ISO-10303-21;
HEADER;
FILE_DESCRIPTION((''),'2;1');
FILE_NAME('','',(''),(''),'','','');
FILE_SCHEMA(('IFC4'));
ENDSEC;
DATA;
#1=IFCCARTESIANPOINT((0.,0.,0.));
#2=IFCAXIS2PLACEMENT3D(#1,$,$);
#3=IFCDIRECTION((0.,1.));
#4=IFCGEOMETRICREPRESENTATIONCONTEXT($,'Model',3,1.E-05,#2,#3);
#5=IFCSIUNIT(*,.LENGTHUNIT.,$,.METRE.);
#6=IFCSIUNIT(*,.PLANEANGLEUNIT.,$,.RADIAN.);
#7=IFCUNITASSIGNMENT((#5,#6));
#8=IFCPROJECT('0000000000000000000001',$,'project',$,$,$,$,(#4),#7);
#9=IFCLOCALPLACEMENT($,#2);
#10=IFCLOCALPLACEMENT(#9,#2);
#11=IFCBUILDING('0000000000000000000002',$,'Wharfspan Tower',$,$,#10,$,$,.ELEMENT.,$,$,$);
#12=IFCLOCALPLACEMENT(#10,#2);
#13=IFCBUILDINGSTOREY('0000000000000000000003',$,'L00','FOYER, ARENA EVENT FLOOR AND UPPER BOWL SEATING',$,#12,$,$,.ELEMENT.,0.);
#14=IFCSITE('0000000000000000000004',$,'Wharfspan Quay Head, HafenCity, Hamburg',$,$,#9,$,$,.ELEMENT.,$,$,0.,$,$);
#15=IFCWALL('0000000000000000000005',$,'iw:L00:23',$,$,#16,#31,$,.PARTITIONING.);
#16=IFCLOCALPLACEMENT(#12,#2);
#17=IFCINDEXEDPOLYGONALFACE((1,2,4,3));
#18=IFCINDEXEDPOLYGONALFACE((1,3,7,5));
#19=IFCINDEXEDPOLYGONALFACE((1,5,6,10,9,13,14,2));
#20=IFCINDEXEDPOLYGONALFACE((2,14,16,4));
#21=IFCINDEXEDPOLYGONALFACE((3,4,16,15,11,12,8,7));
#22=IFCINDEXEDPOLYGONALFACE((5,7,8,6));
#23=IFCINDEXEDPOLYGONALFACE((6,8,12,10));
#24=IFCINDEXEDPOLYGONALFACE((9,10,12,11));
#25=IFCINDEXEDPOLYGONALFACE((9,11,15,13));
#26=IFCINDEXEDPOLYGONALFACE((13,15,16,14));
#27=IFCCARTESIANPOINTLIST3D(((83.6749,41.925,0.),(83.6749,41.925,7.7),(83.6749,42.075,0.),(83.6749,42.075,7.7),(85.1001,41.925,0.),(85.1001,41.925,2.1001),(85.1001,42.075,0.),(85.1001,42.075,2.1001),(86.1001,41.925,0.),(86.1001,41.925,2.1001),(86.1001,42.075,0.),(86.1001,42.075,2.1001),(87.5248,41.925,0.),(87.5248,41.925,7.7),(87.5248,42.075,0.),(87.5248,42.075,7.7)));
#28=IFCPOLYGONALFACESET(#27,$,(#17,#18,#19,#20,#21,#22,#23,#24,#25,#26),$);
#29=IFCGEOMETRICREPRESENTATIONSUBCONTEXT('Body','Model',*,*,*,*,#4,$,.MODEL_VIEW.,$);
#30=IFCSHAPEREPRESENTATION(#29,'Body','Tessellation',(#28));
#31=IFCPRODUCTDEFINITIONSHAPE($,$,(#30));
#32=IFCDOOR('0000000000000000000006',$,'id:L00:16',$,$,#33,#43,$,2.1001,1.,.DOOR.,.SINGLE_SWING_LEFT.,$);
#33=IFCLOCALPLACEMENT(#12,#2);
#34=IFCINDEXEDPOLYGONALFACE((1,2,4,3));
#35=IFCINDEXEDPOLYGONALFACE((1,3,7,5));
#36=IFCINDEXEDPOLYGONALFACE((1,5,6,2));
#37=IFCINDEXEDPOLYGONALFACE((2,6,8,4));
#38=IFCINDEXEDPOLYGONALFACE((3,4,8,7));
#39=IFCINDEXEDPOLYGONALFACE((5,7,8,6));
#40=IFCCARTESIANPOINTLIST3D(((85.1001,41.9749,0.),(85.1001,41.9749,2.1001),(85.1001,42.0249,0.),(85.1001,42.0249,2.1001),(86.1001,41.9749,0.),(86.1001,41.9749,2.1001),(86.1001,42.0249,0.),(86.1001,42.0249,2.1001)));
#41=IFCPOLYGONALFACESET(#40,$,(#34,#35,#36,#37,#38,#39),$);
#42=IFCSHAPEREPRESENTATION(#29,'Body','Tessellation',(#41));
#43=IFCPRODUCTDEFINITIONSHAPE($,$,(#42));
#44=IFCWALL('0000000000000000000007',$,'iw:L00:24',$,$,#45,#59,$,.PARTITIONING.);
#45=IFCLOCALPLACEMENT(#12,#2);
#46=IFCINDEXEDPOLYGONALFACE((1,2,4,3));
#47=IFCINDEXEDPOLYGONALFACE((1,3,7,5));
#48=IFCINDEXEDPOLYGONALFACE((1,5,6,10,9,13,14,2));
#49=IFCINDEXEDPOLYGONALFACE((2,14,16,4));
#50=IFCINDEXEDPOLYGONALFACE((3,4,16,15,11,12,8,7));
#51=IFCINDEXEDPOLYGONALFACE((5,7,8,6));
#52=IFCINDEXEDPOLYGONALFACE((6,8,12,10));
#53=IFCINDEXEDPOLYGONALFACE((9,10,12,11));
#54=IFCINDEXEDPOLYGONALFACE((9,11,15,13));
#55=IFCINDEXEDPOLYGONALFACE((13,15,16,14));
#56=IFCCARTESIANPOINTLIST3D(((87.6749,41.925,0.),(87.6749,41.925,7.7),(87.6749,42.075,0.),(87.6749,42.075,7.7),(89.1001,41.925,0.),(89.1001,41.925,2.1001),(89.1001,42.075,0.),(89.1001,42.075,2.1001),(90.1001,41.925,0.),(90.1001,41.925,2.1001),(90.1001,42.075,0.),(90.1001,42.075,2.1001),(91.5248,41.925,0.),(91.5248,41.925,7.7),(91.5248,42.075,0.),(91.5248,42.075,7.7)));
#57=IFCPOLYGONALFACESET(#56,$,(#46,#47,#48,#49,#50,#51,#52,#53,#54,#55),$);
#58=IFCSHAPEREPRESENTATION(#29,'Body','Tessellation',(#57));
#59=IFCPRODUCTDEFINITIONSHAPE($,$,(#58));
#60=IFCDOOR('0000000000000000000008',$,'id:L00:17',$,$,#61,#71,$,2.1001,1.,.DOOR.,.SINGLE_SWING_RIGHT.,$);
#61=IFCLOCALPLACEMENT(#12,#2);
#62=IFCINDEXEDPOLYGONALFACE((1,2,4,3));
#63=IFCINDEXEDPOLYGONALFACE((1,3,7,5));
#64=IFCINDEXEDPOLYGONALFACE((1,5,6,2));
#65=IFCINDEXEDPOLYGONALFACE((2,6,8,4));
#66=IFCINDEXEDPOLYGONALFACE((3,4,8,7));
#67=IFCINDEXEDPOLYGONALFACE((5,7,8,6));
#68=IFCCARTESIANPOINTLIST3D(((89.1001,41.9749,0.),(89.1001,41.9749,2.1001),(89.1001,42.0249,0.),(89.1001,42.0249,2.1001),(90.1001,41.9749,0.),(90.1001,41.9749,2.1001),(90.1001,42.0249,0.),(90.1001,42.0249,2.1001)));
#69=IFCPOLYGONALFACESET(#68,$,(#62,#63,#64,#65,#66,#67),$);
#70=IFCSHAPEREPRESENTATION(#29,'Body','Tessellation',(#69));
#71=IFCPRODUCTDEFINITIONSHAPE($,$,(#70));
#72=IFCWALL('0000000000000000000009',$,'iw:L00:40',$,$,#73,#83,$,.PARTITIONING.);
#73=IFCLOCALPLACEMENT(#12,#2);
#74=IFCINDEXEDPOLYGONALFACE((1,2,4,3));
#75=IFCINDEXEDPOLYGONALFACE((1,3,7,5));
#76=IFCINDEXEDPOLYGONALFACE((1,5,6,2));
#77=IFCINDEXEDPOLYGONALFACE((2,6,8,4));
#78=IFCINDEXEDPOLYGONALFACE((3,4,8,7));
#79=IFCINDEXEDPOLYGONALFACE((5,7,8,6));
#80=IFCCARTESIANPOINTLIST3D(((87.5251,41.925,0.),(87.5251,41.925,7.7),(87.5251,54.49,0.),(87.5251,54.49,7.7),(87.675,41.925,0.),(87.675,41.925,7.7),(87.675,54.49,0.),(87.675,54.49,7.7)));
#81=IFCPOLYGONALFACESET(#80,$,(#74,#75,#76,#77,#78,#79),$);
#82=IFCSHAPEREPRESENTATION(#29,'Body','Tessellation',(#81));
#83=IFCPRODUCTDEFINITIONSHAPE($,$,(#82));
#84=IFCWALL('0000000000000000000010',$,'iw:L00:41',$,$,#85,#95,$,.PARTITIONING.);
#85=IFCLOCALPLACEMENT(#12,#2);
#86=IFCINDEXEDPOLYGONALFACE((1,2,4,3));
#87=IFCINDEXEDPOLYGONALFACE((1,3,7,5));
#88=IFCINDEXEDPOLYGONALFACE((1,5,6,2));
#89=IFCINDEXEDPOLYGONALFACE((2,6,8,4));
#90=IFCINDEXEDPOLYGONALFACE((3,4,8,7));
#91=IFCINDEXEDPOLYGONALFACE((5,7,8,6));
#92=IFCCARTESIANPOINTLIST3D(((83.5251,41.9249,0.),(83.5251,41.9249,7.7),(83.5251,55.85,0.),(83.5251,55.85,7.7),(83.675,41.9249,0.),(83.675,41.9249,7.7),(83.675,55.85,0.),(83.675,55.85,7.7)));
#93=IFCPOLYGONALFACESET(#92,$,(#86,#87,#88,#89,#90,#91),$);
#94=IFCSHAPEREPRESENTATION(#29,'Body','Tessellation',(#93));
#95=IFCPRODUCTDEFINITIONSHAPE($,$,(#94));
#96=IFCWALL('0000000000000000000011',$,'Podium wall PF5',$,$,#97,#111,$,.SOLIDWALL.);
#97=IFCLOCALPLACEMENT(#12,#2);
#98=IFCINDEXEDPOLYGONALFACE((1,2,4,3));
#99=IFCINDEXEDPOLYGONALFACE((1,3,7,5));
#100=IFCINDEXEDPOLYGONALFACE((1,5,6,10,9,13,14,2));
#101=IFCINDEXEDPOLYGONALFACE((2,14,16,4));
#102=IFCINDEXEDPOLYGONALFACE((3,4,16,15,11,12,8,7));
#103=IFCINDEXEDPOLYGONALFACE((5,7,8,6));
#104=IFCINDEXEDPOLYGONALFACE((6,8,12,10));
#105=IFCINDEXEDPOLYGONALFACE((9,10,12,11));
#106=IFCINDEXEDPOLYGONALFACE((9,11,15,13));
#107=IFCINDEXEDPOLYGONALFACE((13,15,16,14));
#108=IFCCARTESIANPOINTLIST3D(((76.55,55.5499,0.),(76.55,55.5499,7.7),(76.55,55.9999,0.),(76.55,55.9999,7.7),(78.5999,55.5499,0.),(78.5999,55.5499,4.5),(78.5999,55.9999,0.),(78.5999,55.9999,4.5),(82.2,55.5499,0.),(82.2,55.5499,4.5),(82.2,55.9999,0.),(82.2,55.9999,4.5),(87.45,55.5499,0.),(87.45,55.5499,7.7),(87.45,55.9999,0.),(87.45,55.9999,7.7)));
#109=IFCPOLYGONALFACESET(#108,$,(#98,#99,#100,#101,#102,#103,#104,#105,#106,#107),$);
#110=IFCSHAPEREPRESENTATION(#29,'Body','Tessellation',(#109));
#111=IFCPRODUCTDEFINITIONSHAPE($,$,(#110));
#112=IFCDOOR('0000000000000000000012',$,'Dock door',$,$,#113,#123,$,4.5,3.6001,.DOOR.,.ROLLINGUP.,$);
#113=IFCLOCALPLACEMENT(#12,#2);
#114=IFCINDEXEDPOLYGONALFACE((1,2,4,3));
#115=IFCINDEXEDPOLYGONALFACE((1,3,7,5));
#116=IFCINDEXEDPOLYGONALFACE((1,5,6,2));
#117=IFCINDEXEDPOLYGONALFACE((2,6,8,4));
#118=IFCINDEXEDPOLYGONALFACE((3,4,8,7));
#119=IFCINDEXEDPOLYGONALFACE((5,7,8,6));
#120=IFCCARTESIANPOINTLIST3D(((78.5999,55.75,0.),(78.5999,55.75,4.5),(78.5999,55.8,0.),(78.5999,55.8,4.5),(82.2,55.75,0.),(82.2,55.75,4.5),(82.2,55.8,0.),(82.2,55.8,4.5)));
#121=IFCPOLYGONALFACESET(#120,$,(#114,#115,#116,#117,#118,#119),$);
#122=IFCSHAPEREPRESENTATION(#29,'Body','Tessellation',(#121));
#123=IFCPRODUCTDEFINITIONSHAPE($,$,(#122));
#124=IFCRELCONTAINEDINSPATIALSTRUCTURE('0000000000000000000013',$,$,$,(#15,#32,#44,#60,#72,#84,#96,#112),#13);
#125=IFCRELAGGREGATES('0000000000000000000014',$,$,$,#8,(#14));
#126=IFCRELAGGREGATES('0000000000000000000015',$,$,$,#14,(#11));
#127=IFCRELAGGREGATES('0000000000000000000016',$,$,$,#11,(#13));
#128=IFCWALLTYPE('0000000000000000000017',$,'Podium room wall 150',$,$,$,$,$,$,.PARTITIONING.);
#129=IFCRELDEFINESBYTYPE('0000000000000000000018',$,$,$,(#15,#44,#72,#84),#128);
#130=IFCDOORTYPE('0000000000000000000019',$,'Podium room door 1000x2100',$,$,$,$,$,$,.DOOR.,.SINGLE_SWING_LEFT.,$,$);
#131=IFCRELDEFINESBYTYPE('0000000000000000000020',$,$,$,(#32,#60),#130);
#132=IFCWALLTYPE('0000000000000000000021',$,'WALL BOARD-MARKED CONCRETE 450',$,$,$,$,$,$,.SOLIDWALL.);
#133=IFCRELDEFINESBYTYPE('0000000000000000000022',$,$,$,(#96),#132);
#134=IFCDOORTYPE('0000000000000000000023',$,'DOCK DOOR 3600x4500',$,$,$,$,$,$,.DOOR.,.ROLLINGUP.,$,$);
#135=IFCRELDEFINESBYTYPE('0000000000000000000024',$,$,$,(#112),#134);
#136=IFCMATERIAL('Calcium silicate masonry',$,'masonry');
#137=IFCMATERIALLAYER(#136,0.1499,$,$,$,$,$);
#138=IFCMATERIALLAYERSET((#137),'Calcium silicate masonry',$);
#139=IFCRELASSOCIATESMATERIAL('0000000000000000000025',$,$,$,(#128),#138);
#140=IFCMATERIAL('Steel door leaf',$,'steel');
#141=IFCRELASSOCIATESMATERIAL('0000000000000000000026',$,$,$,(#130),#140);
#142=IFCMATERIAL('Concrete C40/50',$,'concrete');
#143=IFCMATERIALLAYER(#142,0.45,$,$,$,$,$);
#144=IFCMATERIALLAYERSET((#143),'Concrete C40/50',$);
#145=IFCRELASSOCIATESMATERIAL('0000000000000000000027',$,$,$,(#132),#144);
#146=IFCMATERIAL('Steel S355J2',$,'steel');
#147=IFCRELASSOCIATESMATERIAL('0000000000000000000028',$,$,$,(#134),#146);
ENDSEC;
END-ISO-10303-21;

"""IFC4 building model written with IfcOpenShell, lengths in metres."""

from ifc_helpers import new_model, si_unit, direction, frame, frame_2d, origin, place, context, subcontext, project, spatial, rectangle, extrude, material, layer, layer_set, type_object, element, fill, save


model = new_model("IFC4")

# Units and contexts
model_context = context("Model", 3, precision=1e-05, world=origin(), true_north=direction((0.0, 1.0)))
body_context = subcontext(model_context, "Body", "Model", "MODEL_VIEW")
ifc_project = project(units=[si_unit("LENGTHUNIT", "METRE"), si_unit("PLANEANGLEUNIT", "RADIAN")], contexts=[model_context])

# Site, building, storey
site_placement = place(None, origin())
site = spatial("IfcSite", under=ifc_project, at=site_placement, Name="Wharfspan Quay Head, HafenCity, Hamburg", CompositionType="ELEMENT", RefElevation=0.0)
building_placement = place(site_placement, origin())
building = spatial("IfcBuilding", under=site, at=building_placement, Name="Wharfspan Tower", CompositionType="ELEMENT")
storey_placement = place(building_placement, origin())
storey = spatial("IfcBuildingStorey", under=building, at=storey_placement, Name="L00", Description="FOYER, ARENA EVENT FLOOR AND UPPER BOWL SEATING", CompositionType="ELEMENT", Elevation=0.0)

# Shared definitions
ifc_material_1 = material(Name="Steel S355J2", Category="steel")

# Walls, openings, doors
ifc_material_2 = material(Name="Calcium silicate masonry", Category="masonry")
ifc_layer_1 = layer(ifc_material_2, 0.1499)
ifc_layer_set_1 = layer_set([ifc_layer_1], Name="Calcium silicate masonry")
wall_type_1 = type_object("IfcWallType", Name="Podium room wall 150", PredefinedType="PARTITIONING", material=ifc_layer_set_1)
wall_1_placement = place(storey_placement, frame((83.675, 42.0, 0.0), z_axis=(0.0, 0.0, 1.0), x_axis=(1.0, 0.0, 0.0)))
wall_1 = element("IfcWall", 1, at=wall_1_placement, inside=storey, type_object=wall_type_1, Name="iw:L00:23", PredefinedType="PARTITIONING", context=body_context, shape_type="SweptSolid", body=[
    extrude(rectangle(XDim=3.8499, YDim=0.1499, at=frame_2d((1.9248, 0.0))), origin(), (0.0, 0.0, 1.0), 7.7),
])
opening_1_placement = place(wall_1_placement, frame((1.425, 0.0, 0.0)))
opening_1 = element("IfcOpeningElement", 2, at=opening_1_placement, cuts=wall_1, PredefinedType="OPENING", context=body_context, shape_type="SweptSolid", body=[
    extrude(rectangle(XDim=1.0, YDim=2.1001, at=frame_2d((0.5, 1.05))), frame((0.0, 0.085, 0.0), z_axis=(0.0, -1.0, 0.0), x_axis=(1.0, 0.0, 0.0)), (0.0, 0.0, 1.0), 0.1699),
])
ifc_material_3 = material(Name="Steel door leaf", Category="steel")
door_type_1 = type_object("IfcDoorType", Name="Podium room door 1000x2100", OperationType="SINGLE_SWING_LEFT", PredefinedType="DOOR", material=ifc_material_3)
door_1_placement = place(opening_1_placement, origin())
door_1 = element("IfcDoor", 3, at=door_1_placement, inside=storey, type_object=door_type_1, Name="id:L00:16", OperationType="SINGLE_SWING_LEFT", OverallHeight=2.1001, OverallWidth=1.0, PredefinedType="DOOR", context=body_context, shape_type="SweptSolid", body=[
    extrude(rectangle(XDim=1.0, YDim=2.1001, at=frame_2d((0.5, 1.05))), frame((0.0, 0.0249, 0.0), z_axis=(0.0, -1.0, 0.0), x_axis=(1.0, 0.0, 0.0)), (0.0, 0.0, 1.0), 0.05),
])
fill(opening_1, door_1)
wall_2_placement = place(storey_placement, frame((87.675, 42.0, 0.0), z_axis=(0.0, 0.0, 1.0), x_axis=(1.0, 0.0, 0.0)))
wall_2 = element("IfcWall", 4, at=wall_2_placement, inside=storey, type_object=wall_type_1, Name="iw:L00:24", PredefinedType="PARTITIONING", context=body_context, shape_type="SweptSolid", body=[
    extrude(rectangle(XDim=3.8499, YDim=0.1499, at=frame_2d((1.9248, 0.0))), origin(), (0.0, 0.0, 1.0), 7.7),
])
opening_2_placement = place(wall_2_placement, frame((1.425, 0.0, 0.0)))
opening_2 = element("IfcOpeningElement", 5, at=opening_2_placement, cuts=wall_2, PredefinedType="OPENING", context=body_context, shape_type="SweptSolid", body=[
    extrude(rectangle(XDim=1.0, YDim=2.1001, at=frame_2d((0.5, 1.05))), frame((0.0, 0.085, 0.0), z_axis=(0.0, -1.0, 0.0), x_axis=(1.0, 0.0, 0.0)), (0.0, 0.0, 1.0), 0.1699),
])
door_2_placement = place(opening_2_placement, origin())
door_2 = element("IfcDoor", 6, at=door_2_placement, inside=storey, type_object=door_type_1, Name="id:L00:17", OperationType="SINGLE_SWING_RIGHT", OverallHeight=2.1001, OverallWidth=1.0, PredefinedType="DOOR", context=body_context, shape_type="SweptSolid", body=[
    extrude(rectangle(XDim=1.0, YDim=2.1001, at=frame_2d((0.5, 1.05))), frame((0.0, 0.0249, 0.0), z_axis=(0.0, -1.0, 0.0), x_axis=(1.0, 0.0, 0.0)), (0.0, 0.0, 1.0), 0.05),
])
fill(opening_2, door_2)

# Walls
wall_3_placement = place(storey_placement, frame((87.6001, 41.925, 0.0), z_axis=(0.0, 0.0, 1.0), x_axis=(0.0, 1.0, 0.0)))
element("IfcWall", 7, at=wall_3_placement, inside=storey, type_object=wall_type_1, Name="iw:L00:40", PredefinedType="PARTITIONING", context=body_context, shape_type="SweptSolid", body=[
    extrude(rectangle(XDim=12.5649, YDim=0.1499, at=frame_2d((6.2825, 0.0))), origin(), (0.0, 0.0, 1.0), 7.7),
])
wall_4_placement = place(storey_placement, frame((83.6001, 41.925, 0.0), z_axis=(0.0, 0.0, 1.0), x_axis=(0.0, 1.0, 0.0)))
element("IfcWall", 8, at=wall_4_placement, inside=storey, type_object=wall_type_1, Name="iw:L00:41", PredefinedType="PARTITIONING", context=body_context, shape_type="SweptSolid", body=[
    extrude(rectangle(XDim=13.925, YDim=0.1499, at=frame_2d((6.9624, 0.0))), origin(), (0.0, 0.0, 1.0), 7.7),
])

# Wall, opening, door
ifc_material_4 = material(Name="Concrete C40/50", Category="concrete")
ifc_layer_2 = layer(ifc_material_4, 0.45)
ifc_layer_set_2 = layer_set([ifc_layer_2], Name="Concrete C40/50")
wall_type_2 = type_object("IfcWallType", Name="WALL BOARD-MARKED CONCRETE 450", PredefinedType="SOLIDWALL", material=ifc_layer_set_2)
wall_5_placement = place(storey_placement, frame((87.45, 55.7749, 0.0), z_axis=(0.0, 0.0, 1.0), x_axis=(-1.0, 0.0, 0.0)))
wall_5 = element("IfcWall", 9, at=wall_5_placement, inside=storey, type_object=wall_type_2, Name="Podium wall PF5", PredefinedType="SOLIDWALL", context=body_context, shape_type="SweptSolid", body=[
    extrude(rectangle(XDim=10.8999, YDim=0.45, at=frame_2d((5.45, 0.0))), origin(), (0.0, 0.0, 1.0), 7.7),
])
opening_3_placement = place(wall_5_placement, frame((5.25, 0.0, 0.0)))
opening_3 = element("IfcOpeningElement", 10, at=opening_3_placement, cuts=wall_5, PredefinedType="OPENING", context=body_context, shape_type="SweptSolid", body=[
    extrude(rectangle(XDim=3.6001, YDim=4.5, at=frame_2d((1.8, 2.25))), frame((0.0, 0.2349, 0.0), z_axis=(0.0, -1.0, 0.0), x_axis=(1.0, 0.0, 0.0)), (0.0, 0.0, 1.0), 0.47),
])
door_type_2 = type_object("IfcDoorType", Name="DOCK DOOR 3600x4500", OperationType="ROLLINGUP", PredefinedType="DOOR", material=ifc_material_1)
door_3_placement = place(opening_3_placement, origin())
door_3 = element("IfcDoor", 11, at=door_3_placement, inside=storey, type_object=door_type_2, Name="Dock door", OperationType="ROLLINGUP", OverallHeight=4.5, OverallWidth=3.6001, PredefinedType="DOOR", context=body_context, shape_type="SweptSolid", body=[
    extrude(rectangle(XDim=3.6001, YDim=4.5, at=frame_2d((1.8, 2.25))), frame((0.0, 0.0249, 0.0), z_axis=(0.0, -1.0, 0.0), x_axis=(1.0, 0.0, 0.0)), (0.0, 0.0, 1.0), 0.05),
])
fill(opening_3, door_3)

save(model, "model.ifc")
